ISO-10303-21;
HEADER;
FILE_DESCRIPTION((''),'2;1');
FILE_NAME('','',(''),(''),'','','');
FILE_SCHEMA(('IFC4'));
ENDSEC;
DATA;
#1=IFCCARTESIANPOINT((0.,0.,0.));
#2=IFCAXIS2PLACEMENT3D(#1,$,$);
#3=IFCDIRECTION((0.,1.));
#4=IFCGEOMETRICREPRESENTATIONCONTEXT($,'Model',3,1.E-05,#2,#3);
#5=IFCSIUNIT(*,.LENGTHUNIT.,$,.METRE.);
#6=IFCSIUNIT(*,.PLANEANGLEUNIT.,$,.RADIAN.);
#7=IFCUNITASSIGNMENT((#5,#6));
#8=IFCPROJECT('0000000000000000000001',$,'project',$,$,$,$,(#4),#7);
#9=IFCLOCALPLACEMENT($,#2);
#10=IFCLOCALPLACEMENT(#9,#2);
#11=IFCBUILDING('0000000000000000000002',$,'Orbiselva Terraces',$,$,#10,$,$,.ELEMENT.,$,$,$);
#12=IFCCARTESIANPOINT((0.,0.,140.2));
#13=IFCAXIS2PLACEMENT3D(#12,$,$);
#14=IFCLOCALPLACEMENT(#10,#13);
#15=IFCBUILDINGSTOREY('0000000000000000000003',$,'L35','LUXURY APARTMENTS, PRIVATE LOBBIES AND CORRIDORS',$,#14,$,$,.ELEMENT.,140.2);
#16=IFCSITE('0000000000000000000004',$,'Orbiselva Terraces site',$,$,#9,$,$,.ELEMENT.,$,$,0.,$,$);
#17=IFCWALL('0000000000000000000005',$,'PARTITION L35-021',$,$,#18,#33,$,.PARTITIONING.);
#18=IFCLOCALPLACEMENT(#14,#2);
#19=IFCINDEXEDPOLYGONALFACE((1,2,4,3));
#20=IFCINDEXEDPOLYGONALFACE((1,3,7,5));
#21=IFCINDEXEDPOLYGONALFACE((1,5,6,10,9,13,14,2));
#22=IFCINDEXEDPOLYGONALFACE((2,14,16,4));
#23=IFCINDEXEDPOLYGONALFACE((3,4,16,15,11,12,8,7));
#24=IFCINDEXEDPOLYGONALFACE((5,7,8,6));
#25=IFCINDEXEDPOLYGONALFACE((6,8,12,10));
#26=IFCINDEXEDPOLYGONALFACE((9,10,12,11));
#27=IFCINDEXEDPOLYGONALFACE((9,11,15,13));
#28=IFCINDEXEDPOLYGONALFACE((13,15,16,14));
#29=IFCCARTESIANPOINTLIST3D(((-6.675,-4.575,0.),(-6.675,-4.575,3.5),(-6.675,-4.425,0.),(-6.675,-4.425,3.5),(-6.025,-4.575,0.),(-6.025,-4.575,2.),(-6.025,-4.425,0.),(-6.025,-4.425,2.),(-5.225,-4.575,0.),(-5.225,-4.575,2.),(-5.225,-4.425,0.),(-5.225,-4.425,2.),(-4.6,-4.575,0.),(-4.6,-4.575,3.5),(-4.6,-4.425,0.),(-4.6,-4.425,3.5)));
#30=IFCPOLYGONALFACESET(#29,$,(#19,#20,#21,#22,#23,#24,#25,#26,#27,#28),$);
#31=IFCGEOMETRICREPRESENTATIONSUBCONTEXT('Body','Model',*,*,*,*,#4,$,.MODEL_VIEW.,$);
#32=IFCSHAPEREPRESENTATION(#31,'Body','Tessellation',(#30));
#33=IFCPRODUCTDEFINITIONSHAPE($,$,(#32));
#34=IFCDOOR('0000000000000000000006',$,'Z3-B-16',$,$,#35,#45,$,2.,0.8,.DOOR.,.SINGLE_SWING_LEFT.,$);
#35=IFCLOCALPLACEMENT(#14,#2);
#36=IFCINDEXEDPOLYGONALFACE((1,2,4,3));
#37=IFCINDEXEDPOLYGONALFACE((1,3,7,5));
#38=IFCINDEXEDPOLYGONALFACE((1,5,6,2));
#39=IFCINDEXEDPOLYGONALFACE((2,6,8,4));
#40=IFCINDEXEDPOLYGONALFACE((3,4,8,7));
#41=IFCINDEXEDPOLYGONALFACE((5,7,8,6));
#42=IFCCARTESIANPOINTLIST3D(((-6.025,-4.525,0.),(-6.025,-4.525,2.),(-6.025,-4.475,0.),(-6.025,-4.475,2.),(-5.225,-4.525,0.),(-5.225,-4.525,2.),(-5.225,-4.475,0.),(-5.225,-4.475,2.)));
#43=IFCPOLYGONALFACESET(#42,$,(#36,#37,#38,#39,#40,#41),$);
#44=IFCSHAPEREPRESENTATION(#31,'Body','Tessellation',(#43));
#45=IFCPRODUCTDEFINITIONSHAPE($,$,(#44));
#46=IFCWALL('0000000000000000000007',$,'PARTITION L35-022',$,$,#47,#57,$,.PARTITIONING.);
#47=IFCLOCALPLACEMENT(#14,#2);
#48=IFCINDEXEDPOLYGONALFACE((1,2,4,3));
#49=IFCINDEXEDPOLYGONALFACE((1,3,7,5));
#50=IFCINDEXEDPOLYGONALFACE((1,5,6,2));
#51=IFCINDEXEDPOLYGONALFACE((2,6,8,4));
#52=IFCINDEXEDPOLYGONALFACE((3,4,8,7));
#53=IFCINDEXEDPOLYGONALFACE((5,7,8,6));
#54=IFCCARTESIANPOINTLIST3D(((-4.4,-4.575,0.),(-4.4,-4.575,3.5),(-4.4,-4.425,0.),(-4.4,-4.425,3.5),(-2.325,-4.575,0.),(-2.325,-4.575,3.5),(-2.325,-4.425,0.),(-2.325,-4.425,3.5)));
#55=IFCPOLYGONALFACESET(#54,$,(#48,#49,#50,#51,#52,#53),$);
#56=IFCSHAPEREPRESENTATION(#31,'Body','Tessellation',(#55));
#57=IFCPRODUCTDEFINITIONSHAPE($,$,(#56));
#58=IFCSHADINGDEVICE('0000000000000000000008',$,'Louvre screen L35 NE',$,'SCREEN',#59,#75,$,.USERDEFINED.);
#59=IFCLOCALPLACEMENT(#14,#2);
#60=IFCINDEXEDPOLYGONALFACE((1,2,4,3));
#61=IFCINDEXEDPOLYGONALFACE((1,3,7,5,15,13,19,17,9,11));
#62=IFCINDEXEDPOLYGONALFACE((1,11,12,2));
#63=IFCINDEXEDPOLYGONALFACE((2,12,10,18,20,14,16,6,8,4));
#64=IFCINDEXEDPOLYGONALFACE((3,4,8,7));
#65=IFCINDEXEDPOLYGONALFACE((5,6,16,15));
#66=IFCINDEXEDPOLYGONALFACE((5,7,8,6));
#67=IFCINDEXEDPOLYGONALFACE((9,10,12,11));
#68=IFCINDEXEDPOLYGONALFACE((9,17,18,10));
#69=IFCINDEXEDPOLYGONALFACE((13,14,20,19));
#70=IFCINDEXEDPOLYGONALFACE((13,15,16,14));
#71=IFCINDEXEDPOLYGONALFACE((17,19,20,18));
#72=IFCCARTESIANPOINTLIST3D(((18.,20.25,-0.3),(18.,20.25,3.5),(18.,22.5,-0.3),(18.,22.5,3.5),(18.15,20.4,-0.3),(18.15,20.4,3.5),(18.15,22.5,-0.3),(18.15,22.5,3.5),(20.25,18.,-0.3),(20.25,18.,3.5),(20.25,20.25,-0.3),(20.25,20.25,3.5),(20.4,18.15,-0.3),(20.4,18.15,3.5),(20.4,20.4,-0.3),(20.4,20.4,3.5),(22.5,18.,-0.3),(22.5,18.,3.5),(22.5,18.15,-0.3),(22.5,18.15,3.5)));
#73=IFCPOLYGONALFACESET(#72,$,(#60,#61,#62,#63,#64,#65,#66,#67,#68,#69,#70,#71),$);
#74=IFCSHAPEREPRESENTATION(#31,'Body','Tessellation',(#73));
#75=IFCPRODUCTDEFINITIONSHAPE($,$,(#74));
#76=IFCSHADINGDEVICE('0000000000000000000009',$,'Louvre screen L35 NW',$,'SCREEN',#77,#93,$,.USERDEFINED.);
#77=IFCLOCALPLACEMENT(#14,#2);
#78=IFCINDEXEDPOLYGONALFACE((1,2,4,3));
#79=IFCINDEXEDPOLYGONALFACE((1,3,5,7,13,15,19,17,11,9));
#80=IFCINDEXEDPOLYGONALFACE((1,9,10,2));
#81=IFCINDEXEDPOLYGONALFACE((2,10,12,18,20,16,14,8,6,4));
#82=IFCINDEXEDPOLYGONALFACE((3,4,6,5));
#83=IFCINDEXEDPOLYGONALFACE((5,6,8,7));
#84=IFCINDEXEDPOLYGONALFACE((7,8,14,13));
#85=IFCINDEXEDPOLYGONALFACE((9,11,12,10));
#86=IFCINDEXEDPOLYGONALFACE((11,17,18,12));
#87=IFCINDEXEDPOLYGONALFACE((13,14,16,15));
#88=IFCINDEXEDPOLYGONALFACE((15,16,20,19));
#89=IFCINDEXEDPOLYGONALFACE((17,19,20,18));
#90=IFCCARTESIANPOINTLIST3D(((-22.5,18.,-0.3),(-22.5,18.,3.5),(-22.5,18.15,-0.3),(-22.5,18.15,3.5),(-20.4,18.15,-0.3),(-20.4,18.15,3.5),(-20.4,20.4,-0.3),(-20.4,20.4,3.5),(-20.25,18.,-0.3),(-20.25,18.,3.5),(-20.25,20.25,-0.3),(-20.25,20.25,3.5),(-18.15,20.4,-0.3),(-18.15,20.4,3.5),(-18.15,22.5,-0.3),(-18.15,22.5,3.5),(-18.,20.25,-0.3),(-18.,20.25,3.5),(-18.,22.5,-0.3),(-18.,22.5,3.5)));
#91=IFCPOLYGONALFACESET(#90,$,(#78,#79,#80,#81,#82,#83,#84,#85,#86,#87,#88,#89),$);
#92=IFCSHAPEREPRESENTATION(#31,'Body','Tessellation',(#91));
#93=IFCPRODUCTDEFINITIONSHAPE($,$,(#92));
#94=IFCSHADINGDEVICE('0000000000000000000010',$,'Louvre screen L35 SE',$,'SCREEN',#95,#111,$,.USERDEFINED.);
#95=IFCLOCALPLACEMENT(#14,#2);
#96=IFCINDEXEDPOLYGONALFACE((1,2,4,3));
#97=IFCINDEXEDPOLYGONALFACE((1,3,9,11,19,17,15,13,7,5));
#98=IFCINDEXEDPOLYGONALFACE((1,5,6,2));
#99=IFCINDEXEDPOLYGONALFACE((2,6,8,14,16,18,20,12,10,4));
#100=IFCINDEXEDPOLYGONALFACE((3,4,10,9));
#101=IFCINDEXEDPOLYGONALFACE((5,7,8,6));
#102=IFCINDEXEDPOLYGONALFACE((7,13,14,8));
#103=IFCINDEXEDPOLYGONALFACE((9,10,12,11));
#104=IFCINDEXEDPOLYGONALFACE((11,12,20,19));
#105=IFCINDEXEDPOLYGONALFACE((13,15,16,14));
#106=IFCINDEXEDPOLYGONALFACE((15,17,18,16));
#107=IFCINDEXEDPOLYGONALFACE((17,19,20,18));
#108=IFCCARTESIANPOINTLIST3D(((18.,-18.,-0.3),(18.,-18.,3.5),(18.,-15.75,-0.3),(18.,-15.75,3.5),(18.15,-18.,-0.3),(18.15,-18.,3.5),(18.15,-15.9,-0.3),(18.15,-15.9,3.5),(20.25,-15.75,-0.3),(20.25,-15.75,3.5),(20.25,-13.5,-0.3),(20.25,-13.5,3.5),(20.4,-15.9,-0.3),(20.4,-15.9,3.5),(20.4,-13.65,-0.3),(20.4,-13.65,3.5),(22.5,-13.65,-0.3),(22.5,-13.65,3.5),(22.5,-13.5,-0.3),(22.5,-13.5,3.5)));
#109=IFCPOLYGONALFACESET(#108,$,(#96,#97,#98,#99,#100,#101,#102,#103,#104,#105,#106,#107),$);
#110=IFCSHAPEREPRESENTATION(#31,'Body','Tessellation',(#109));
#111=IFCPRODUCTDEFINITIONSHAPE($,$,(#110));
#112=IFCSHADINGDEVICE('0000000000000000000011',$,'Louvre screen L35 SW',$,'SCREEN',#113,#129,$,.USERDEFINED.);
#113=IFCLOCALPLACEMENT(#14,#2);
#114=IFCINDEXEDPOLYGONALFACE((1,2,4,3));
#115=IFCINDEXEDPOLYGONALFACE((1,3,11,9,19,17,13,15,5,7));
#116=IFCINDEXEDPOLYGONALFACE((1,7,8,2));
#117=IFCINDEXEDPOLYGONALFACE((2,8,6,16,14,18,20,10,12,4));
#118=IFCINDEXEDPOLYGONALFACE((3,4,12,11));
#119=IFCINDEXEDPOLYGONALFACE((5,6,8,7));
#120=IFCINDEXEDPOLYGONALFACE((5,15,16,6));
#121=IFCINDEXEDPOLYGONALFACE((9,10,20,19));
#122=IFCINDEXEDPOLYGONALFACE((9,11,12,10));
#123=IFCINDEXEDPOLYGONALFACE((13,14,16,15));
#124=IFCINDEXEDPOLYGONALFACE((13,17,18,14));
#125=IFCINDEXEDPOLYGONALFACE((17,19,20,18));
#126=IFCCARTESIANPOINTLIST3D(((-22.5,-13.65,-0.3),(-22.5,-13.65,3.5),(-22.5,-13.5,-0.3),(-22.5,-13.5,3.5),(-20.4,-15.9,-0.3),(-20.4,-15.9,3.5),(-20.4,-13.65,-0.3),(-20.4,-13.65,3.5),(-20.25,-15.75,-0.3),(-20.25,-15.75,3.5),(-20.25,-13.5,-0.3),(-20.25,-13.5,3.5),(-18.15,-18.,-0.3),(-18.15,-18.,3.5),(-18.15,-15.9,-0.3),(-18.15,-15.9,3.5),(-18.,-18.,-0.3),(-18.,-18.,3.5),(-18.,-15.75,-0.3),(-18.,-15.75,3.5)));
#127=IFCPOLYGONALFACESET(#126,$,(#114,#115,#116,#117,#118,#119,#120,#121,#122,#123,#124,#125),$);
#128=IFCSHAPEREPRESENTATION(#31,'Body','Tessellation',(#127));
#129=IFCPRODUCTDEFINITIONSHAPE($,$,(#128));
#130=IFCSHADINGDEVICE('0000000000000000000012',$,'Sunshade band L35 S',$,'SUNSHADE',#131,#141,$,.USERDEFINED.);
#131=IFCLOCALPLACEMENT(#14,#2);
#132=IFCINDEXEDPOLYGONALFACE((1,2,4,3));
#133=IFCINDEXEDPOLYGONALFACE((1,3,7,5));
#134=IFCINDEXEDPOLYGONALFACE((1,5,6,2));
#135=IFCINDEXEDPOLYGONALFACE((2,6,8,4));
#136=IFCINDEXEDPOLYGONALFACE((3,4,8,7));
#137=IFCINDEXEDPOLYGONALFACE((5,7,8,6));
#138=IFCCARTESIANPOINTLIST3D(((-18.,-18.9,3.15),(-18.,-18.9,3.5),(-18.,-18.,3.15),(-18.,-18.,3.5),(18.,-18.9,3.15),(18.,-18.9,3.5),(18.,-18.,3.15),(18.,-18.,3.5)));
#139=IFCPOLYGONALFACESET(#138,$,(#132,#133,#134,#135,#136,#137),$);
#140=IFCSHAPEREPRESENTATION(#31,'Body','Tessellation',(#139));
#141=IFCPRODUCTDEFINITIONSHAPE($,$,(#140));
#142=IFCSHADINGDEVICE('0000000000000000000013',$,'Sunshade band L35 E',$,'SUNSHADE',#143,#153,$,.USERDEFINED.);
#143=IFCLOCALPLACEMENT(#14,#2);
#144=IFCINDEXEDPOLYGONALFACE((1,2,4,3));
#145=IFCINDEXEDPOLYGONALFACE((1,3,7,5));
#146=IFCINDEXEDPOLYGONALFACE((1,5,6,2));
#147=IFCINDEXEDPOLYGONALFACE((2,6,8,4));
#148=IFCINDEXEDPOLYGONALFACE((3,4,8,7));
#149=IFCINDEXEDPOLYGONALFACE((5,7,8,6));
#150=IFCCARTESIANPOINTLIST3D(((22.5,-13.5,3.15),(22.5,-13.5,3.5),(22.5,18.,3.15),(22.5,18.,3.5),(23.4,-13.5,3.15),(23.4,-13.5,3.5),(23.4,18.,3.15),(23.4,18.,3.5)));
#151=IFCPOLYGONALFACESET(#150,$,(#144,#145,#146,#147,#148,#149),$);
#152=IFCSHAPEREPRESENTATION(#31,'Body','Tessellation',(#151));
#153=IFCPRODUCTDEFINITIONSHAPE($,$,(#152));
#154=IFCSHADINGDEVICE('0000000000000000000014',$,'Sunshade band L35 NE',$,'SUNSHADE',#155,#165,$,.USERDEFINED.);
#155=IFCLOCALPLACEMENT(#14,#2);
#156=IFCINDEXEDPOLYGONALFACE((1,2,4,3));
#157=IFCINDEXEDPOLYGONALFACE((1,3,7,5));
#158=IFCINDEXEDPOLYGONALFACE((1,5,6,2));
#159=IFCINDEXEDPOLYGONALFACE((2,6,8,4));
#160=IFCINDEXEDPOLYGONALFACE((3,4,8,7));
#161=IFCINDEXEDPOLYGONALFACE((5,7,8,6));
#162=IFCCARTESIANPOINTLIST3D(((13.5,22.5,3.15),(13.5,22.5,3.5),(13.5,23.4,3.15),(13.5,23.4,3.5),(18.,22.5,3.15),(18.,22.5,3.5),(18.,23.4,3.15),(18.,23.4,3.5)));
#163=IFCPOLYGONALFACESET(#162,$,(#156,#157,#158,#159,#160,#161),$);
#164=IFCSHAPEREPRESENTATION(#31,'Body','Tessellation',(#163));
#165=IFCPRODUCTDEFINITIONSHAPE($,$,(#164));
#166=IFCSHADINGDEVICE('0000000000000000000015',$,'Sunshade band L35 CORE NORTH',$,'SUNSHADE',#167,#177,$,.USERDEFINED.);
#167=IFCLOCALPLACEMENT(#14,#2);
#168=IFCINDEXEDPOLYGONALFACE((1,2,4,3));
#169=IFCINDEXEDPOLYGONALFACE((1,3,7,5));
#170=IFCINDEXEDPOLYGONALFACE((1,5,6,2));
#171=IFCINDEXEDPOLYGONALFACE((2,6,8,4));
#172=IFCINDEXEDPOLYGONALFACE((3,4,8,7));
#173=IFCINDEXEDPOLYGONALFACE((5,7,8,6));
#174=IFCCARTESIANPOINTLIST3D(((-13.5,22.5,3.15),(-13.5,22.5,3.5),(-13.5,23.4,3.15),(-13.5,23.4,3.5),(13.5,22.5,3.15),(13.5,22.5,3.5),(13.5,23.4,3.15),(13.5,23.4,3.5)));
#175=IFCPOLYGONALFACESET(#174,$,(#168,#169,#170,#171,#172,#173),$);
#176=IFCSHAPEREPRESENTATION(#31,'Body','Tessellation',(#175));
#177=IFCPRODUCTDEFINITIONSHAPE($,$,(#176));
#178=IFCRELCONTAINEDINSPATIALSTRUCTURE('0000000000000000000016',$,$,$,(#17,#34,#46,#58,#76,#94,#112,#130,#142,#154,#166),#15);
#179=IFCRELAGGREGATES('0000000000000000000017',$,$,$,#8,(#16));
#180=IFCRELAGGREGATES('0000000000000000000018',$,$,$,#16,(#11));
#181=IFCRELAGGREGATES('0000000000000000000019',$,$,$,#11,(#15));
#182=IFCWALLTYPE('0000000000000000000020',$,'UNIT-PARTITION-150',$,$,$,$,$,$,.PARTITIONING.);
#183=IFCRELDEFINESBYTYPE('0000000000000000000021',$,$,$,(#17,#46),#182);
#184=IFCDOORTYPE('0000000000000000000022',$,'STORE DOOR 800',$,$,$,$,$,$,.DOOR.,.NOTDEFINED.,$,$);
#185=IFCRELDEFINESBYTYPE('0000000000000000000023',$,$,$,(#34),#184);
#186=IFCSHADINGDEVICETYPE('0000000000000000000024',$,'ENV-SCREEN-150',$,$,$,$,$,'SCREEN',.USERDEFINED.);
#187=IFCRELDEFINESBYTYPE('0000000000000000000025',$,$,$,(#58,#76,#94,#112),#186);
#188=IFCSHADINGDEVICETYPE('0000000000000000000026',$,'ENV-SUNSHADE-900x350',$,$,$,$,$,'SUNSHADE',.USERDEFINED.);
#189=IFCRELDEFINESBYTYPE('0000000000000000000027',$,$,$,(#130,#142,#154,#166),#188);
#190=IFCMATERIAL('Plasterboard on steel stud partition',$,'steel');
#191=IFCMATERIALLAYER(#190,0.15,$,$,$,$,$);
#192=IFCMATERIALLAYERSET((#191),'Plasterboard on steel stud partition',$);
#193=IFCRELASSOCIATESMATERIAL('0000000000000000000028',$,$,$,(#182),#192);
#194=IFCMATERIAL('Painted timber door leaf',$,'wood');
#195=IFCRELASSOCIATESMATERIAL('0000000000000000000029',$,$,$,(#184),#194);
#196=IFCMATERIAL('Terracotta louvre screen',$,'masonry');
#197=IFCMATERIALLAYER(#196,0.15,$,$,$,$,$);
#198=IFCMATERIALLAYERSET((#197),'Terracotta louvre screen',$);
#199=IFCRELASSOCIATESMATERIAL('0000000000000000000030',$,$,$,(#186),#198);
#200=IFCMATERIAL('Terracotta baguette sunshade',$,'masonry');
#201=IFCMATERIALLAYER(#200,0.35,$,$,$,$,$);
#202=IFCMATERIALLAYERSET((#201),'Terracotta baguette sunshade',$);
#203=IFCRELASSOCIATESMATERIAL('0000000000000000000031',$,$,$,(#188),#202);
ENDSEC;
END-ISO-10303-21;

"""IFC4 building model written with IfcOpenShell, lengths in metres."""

from ifc_helpers import new_model, si_unit, direction, frame, frame_2d, origin, place, context, subcontext, project, spatial, polyline, rectangle, outline, extrude, material, layer, layer_set, type_object, element, fill, save


model = new_model("IFC4")

# Units and contexts
model_context = context("Model", 3, precision=1e-05, world=origin(), true_north=direction((0.0, 1.0)))
body_context = subcontext(model_context, "Body", "Model", "MODEL_VIEW")
ifc_project = project(units=[si_unit("LENGTHUNIT", "METRE"), si_unit("PLANEANGLEUNIT", "RADIAN")], contexts=[model_context])

# Site, building, storey
site_placement = place(None, origin())
site = spatial("IfcSite", under=ifc_project, at=site_placement, Name="Orbiselva Terraces site", CompositionType="ELEMENT", RefElevation=0.0)
building_placement = place(site_placement, origin())
building = spatial("IfcBuilding", under=site, at=building_placement, Name="Orbiselva Terraces", CompositionType="ELEMENT")
storey_placement = place(building_placement, frame((0.0, 0.0, 140.2)))
storey = spatial("IfcBuildingStorey", under=building, at=storey_placement, Name="L35", Description="LUXURY APARTMENTS, PRIVATE LOBBIES AND CORRIDORS", CompositionType="ELEMENT", Elevation=140.2)

# Wall, opening, door
ifc_material_1 = material(Name="Plasterboard on steel stud partition", Category="steel")
ifc_layer_1 = layer(ifc_material_1, 0.15)
ifc_layer_set_1 = layer_set([ifc_layer_1], Name="Plasterboard on steel stud partition")
wall_type_1 = type_object("IfcWallType", Name="UNIT-PARTITION-150", PredefinedType="PARTITIONING", material=ifc_layer_set_1)
wall_1_placement = place(storey_placement, frame((-4.6, -4.5, 0.0), z_axis=(0.0, 0.0, 1.0), x_axis=(-1.0, 0.0, 0.0)))
wall_1 = element("IfcWall", 1, at=wall_1_placement, inside=storey, type_object=wall_type_1, Name="PARTITION L35-021", PredefinedType="PARTITIONING", context=body_context, shape_type="SweptSolid", body=[
    extrude(rectangle(XDim=2.075, YDim=0.15, at=frame_2d((1.0375, 0.0))), origin(), (0.0, 0.0, 1.0), 3.5),
])
opening_placement = place(wall_1_placement, frame((0.625, 0.0, 0.0)))
opening = element("IfcOpeningElement", 2, at=opening_placement, cuts=wall_1, PredefinedType="OPENING", context=body_context, shape_type="SweptSolid", body=[
    extrude(rectangle(XDim=0.8, YDim=2.0, at=frame_2d((0.4, 1.0))), frame((0.0, 0.085, 0.0), z_axis=(0.0, -1.0, 0.0), x_axis=(1.0, 0.0, 0.0)), (0.0, 0.0, 1.0), 0.17),
])
ifc_material_2 = material(Name="Painted timber door leaf", Category="wood")
door_type = type_object("IfcDoorType", Name="STORE DOOR 800", OperationType="NOTDEFINED", PredefinedType="DOOR", material=ifc_material_2)
door_placement = place(opening_placement, origin())
door = element("IfcDoor", 3, at=door_placement, inside=storey, type_object=door_type, Name="Z3-B-16", OperationType="SINGLE_SWING_LEFT", OverallHeight=2.0, OverallWidth=0.8, PredefinedType="DOOR", context=body_context, shape_type="SweptSolid", body=[
    extrude(rectangle(XDim=0.8, YDim=2.0, at=frame_2d((0.4, 1.0))), frame((0.0, 0.025, 0.0), z_axis=(0.0, -1.0, 0.0), x_axis=(1.0, 0.0, 0.0)), (0.0, 0.0, 1.0), 0.05),
])
fill(opening, door)

# Wall
wall_2_placement = place(storey_placement, frame((-4.4, -4.5, 0.0), z_axis=(0.0, 0.0, 1.0), x_axis=(1.0, 0.0, 0.0)))
element("IfcWall", 4, at=wall_2_placement, inside=storey, type_object=wall_type_1, Name="PARTITION L35-022", PredefinedType="PARTITIONING", context=body_context, shape_type="SweptSolid", body=[
    extrude(rectangle(XDim=2.075, YDim=0.15, at=frame_2d((1.0375, 0.0))), origin(), (0.0, 0.0, 1.0), 3.5),
])

# Shading devices
ifc_material_3 = material(Name="Terracotta louvre screen", Category="masonry")
ifc_layer_2 = layer(ifc_material_3, 0.15)
ifc_layer_set_2 = layer_set([ifc_layer_2], Name="Terracotta louvre screen")
shading_device_type_1 = type_object("IfcShadingDeviceType", Name="ENV-SCREEN-150", ElementType="SCREEN", PredefinedType="USERDEFINED", material=ifc_layer_set_2)
shading_device_1_placement = place(storey_placement, frame((0.0, 0.0, -0.3)))
element("IfcShadingDevice", 5, at=shading_device_1_placement, inside=storey, type_object=shading_device_type_1, Name="Louvre screen L35 NE", ObjectType="SCREEN", PredefinedType="USERDEFINED", context=body_context, shape_type="SweptSolid", body=[
    extrude(outline(polyline([(22.5, 18.15), (20.4, 18.15), (20.4, 20.4), (18.15, 20.4), (18.15, 22.5), (18.0, 22.5), (18.0, 20.25), (20.25, 20.25), (20.25, 18.0), (22.5, 18.0), (22.5, 18.15)])), origin(), (0.0, 0.0, 1.0), 3.8),
])
shading_device_2_placement = place(storey_placement, frame((0.0, 0.0, -0.3)))
element("IfcShadingDevice", 6, at=shading_device_2_placement, inside=storey, type_object=shading_device_type_1, Name="Louvre screen L35 NW", ObjectType="SCREEN", PredefinedType="USERDEFINED", context=body_context, shape_type="SweptSolid", body=[
    extrude(outline(polyline([(-18.15, 22.5), (-18.15, 20.4), (-20.4, 20.4), (-20.4, 18.15), (-22.5, 18.15), (-22.5, 18.0), (-20.25, 18.0), (-20.25, 20.25), (-18.0, 20.25), (-18.0, 22.5), (-18.15, 22.5)])), origin(), (0.0, 0.0, 1.0), 3.8),
])
shading_device_3_placement = place(storey_placement, frame((0.0, 0.0, -0.3)))
element("IfcShadingDevice", 7, at=shading_device_3_placement, inside=storey, type_object=shading_device_type_1, Name="Louvre screen L35 SE", ObjectType="SCREEN", PredefinedType="USERDEFINED", context=body_context, shape_type="SweptSolid", body=[
    extrude(outline(polyline([(18.15, -18.0), (18.15, -15.9), (20.4, -15.9), (20.4, -13.65), (22.5, -13.65), (22.5, -13.5), (20.25, -13.5), (20.25, -15.75), (18.0, -15.75), (18.0, -18.0), (18.15, -18.0)])), origin(), (0.0, 0.0, 1.0), 3.8),
])
shading_device_4_placement = place(storey_placement, frame((0.0, 0.0, -0.3)))
element("IfcShadingDevice", 8, at=shading_device_4_placement, inside=storey, type_object=shading_device_type_1, Name="Louvre screen L35 SW", ObjectType="SCREEN", PredefinedType="USERDEFINED", context=body_context, shape_type="SweptSolid", body=[
    extrude(outline(polyline([(-22.5, -13.65), (-20.4, -13.65), (-20.4, -15.9), (-18.15, -15.9), (-18.15, -18.0), (-18.0, -18.0), (-18.0, -15.75), (-20.25, -15.75), (-20.25, -13.5), (-22.5, -13.5), (-22.5, -13.65)])), origin(), (0.0, 0.0, 1.0), 3.8),
])
ifc_material_4 = material(Name="Terracotta baguette sunshade", Category="masonry")
ifc_layer_3 = layer(ifc_material_4, 0.35)
ifc_layer_set_3 = layer_set([ifc_layer_3], Name="Terracotta baguette sunshade")
shading_device_type_2 = type_object("IfcShadingDeviceType", Name="ENV-SUNSHADE-900x350", ElementType="SUNSHADE", PredefinedType="USERDEFINED", material=ifc_layer_set_3)
shading_device_5_placement = place(storey_placement, frame((0.0, 0.0, 3.15)))
element("IfcShadingDevice", 9, at=shading_device_5_placement, inside=storey, type_object=shading_device_type_2, Name="Sunshade band L35 S", ObjectType="SUNSHADE", PredefinedType="USERDEFINED", context=body_context, shape_type="SweptSolid", body=[
    extrude(outline(polyline([(-18.0, -18.9), (18.0, -18.9), (18.0, -18.0), (-18.0, -18.0), (-18.0, -18.9)])), origin(), (0.0, 0.0, 1.0), 0.35),
])
shading_device_6_placement = place(storey_placement, frame((0.0, 0.0, 3.15)))
element("IfcShadingDevice", 10, at=shading_device_6_placement, inside=storey, type_object=shading_device_type_2, Name="Sunshade band L35 E", ObjectType="SUNSHADE", PredefinedType="USERDEFINED", context=body_context, shape_type="SweptSolid", body=[
    extrude(outline(polyline([(23.4, -13.5), (23.4, 18.0), (22.5, 18.0), (22.5, -13.5), (23.4, -13.5)])), origin(), (0.0, 0.0, 1.0), 0.35),
])
shading_device_7_placement = place(storey_placement, frame((0.0, 0.0, 3.15)))
element("IfcShadingDevice", 11, at=shading_device_7_placement, inside=storey, type_object=shading_device_type_2, Name="Sunshade band L35 NE", ObjectType="SUNSHADE", PredefinedType="USERDEFINED", context=body_context, shape_type="SweptSolid", body=[
    extrude(outline(polyline([(18.0, 23.4), (13.5, 23.4), (13.5, 22.5), (18.0, 22.5), (18.0, 23.4)])), origin(), (0.0, 0.0, 1.0), 0.35),
])
shading_device_8_placement = place(storey_placement, frame((0.0, 0.0, 3.15)))
element("IfcShadingDevice", 12, at=shading_device_8_placement, inside=storey, type_object=shading_device_type_2, Name="Sunshade band L35 CORE NORTH", ObjectType="SUNSHADE", PredefinedType="USERDEFINED", context=body_context, shape_type="SweptSolid", body=[
    extrude(outline(polyline([(13.5, 23.4), (-13.5, 23.4), (-13.5, 22.5), (13.5, 22.5), (13.5, 23.4)])), origin(), (0.0, 0.0, 1.0), 0.35),
])

save(model, "model.ifc")
